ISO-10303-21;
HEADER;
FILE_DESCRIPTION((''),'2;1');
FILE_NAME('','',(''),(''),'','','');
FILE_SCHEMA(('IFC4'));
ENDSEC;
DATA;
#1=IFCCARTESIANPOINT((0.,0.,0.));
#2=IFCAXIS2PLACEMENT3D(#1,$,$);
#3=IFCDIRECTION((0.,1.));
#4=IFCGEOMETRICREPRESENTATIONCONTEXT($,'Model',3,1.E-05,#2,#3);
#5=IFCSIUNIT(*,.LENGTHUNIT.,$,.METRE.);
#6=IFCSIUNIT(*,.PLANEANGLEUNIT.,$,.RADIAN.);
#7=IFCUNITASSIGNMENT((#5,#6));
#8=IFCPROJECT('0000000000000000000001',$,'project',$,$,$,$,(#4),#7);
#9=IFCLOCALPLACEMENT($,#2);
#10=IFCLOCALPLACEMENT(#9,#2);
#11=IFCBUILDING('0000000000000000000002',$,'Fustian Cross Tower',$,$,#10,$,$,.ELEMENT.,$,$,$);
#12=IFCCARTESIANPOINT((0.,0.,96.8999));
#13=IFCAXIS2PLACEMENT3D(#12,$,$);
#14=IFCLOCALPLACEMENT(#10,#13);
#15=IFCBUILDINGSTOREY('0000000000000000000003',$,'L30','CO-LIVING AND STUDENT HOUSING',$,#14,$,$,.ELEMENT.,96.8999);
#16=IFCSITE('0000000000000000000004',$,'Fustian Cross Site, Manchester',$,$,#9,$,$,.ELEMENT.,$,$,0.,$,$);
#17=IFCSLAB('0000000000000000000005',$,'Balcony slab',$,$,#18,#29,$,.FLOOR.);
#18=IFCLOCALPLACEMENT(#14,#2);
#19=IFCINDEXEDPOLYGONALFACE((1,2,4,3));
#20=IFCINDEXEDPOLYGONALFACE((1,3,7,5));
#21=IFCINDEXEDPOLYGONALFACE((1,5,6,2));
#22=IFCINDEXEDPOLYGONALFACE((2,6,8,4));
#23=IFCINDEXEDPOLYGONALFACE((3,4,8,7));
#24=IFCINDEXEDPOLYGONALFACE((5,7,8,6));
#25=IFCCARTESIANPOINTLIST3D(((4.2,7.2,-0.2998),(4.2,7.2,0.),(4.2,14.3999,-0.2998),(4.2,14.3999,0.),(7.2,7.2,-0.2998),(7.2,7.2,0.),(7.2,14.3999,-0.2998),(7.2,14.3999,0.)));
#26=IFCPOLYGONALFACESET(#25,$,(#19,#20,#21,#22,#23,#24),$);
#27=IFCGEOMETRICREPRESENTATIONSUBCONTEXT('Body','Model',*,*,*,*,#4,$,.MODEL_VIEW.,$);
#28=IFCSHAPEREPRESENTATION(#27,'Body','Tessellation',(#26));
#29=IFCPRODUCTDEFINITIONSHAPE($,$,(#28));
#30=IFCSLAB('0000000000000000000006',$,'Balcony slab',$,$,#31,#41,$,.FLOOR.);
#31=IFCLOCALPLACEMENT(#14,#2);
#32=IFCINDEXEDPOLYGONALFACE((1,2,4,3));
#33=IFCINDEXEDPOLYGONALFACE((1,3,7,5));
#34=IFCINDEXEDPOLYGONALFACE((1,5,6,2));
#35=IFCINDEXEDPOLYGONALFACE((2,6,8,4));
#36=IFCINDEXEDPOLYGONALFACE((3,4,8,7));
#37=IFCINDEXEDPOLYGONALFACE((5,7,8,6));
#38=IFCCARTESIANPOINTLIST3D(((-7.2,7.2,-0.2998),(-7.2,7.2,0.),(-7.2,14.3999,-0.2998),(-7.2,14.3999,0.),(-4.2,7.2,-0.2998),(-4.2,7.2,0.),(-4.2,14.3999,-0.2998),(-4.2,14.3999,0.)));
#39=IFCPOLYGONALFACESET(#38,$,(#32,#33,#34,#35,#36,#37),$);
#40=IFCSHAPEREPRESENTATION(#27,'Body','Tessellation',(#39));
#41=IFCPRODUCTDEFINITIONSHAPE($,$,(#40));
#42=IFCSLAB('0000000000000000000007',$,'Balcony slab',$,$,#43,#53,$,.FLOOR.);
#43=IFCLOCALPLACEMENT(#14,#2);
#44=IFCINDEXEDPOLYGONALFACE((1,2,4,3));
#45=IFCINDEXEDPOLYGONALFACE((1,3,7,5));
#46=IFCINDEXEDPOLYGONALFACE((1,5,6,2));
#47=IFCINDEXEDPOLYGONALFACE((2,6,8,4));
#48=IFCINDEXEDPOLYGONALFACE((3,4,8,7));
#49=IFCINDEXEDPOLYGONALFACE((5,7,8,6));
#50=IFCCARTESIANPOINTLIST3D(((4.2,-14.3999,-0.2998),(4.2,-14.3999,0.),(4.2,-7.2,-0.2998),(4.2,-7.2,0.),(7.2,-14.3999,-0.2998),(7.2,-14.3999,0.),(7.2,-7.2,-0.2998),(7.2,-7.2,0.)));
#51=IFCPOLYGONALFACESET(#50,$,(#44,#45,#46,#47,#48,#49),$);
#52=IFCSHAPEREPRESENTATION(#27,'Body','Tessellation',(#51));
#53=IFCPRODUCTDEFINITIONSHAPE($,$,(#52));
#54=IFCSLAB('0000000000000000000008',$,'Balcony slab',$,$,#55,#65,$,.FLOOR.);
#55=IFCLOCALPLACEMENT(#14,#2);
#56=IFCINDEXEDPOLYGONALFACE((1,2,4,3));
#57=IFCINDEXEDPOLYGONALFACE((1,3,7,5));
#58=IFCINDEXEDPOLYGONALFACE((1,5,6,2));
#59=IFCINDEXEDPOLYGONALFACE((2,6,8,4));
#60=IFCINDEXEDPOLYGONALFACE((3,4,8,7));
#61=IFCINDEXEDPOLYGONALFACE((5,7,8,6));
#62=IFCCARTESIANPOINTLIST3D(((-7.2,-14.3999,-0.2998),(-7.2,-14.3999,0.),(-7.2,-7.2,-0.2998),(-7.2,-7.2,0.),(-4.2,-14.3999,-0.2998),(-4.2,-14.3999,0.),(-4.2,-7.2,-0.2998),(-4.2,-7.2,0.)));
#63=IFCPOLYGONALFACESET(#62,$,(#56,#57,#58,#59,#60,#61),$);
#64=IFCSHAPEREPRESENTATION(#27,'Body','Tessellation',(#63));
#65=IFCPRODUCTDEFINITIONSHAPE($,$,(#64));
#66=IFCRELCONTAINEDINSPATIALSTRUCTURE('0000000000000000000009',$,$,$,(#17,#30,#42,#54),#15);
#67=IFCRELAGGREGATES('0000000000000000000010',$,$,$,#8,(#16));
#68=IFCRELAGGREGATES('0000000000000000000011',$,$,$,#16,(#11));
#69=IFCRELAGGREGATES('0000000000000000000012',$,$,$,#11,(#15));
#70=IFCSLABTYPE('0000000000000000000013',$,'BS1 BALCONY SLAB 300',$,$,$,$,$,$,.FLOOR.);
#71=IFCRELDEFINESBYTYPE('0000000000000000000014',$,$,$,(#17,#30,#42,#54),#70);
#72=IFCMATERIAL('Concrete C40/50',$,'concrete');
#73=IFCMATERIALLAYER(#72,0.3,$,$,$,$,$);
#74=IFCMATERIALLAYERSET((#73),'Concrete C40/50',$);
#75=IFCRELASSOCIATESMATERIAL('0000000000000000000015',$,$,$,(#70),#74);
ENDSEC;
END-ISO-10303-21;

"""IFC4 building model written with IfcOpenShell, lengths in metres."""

from ifc_helpers import new_model, si_unit, direction, frame, origin, place, context, subcontext, project, spatial, polyline, outline, extrude, material, layer, layer_set, type_object, element, save


model = new_model("IFC4")

# Units and contexts
model_context = context("Model", 3, precision=1e-05, world=origin(), true_north=direction((0.0, 1.0)))
body_context = subcontext(model_context, "Body", "Model", "MODEL_VIEW")
ifc_project = project(units=[si_unit("LENGTHUNIT", "METRE"), si_unit("PLANEANGLEUNIT", "RADIAN")], contexts=[model_context])

# Site, building, storey
site_placement = place(None, origin())
site = spatial("IfcSite", under=ifc_project, at=site_placement, Name="Fustian Cross Site, Manchester", CompositionType="ELEMENT", RefElevation=0.0)
building_placement = place(site_placement, origin())
building = spatial("IfcBuilding", under=site, at=building_placement, Name="Fustian Cross Tower", CompositionType="ELEMENT")
storey_placement = place(building_placement, frame((0.0, 0.0, 96.8999)))
storey = spatial("IfcBuildingStorey", under=building, at=storey_placement, Name="L30", Description="CO-LIVING AND STUDENT HOUSING", CompositionType="ELEMENT", Elevation=96.8999)

# Slabs
ifc_material_1 = material(Name="Concrete C40/50", Category="concrete")
ifc_layer_1 = layer(ifc_material_1, 0.3)
ifc_layer_set_1 = layer_set([ifc_layer_1], Name="Concrete C40/50")
slab_type_1 = type_object("IfcSlabType", Name="BS1 BALCONY SLAB 300", PredefinedType="FLOOR", material=ifc_layer_set_1)
slab_1_placement = place(storey_placement, frame((0.0, 0.0, -0.2998)))
element("IfcSlab", 1, at=slab_1_placement, inside=storey, type_object=slab_type_1, Name="Balcony slab", PredefinedType="FLOOR", context=body_context, shape_type="SweptSolid", body=[
    extrude(outline(polyline([(4.2, 7.2), (7.2, 7.2), (7.2, 14.3999), (4.2, 14.3999), (4.2, 7.2)])), origin(), (0.0, 0.0, 1.0), 0.2998),
])
slab_2_placement = place(storey_placement, frame((0.0, 0.0, -0.2998)))
element("IfcSlab", 2, at=slab_2_placement, inside=storey, type_object=slab_type_1, Name="Balcony slab", PredefinedType="FLOOR", context=body_context, shape_type="SweptSolid", body=[
    extrude(outline(polyline([(-7.2, 7.2), (-4.2, 7.2), (-4.2, 14.3999), (-7.2, 14.3999), (-7.2, 7.2)])), origin(), (0.0, 0.0, 1.0), 0.2998),
])
slab_3_placement = place(storey_placement, frame((0.0, 0.0, -0.2998)))
element("IfcSlab", 3, at=slab_3_placement, inside=storey, type_object=slab_type_1, Name="Balcony slab", PredefinedType="FLOOR", context=body_context, shape_type="SweptSolid", body=[
    extrude(outline(polyline([(4.2, -14.3999), (7.2, -14.3999), (7.2, -7.2), (4.2, -7.2), (4.2, -14.3999)])), origin(), (0.0, 0.0, 1.0), 0.2998),
])
slab_4_placement = place(storey_placement, frame((0.0, 0.0, -0.2998)))
element("IfcSlab", 4, at=slab_4_placement, inside=storey, type_object=slab_type_1, Name="Balcony slab", PredefinedType="FLOOR", context=body_context, shape_type="SweptSolid", body=[
    extrude(outline(polyline([(-7.2, -14.3999), (-4.2, -14.3999), (-4.2, -7.2), (-7.2, -7.2), (-7.2, -14.3999)])), origin(), (0.0, 0.0, 1.0), 0.2998),
])

save(model, "model.ifc")
